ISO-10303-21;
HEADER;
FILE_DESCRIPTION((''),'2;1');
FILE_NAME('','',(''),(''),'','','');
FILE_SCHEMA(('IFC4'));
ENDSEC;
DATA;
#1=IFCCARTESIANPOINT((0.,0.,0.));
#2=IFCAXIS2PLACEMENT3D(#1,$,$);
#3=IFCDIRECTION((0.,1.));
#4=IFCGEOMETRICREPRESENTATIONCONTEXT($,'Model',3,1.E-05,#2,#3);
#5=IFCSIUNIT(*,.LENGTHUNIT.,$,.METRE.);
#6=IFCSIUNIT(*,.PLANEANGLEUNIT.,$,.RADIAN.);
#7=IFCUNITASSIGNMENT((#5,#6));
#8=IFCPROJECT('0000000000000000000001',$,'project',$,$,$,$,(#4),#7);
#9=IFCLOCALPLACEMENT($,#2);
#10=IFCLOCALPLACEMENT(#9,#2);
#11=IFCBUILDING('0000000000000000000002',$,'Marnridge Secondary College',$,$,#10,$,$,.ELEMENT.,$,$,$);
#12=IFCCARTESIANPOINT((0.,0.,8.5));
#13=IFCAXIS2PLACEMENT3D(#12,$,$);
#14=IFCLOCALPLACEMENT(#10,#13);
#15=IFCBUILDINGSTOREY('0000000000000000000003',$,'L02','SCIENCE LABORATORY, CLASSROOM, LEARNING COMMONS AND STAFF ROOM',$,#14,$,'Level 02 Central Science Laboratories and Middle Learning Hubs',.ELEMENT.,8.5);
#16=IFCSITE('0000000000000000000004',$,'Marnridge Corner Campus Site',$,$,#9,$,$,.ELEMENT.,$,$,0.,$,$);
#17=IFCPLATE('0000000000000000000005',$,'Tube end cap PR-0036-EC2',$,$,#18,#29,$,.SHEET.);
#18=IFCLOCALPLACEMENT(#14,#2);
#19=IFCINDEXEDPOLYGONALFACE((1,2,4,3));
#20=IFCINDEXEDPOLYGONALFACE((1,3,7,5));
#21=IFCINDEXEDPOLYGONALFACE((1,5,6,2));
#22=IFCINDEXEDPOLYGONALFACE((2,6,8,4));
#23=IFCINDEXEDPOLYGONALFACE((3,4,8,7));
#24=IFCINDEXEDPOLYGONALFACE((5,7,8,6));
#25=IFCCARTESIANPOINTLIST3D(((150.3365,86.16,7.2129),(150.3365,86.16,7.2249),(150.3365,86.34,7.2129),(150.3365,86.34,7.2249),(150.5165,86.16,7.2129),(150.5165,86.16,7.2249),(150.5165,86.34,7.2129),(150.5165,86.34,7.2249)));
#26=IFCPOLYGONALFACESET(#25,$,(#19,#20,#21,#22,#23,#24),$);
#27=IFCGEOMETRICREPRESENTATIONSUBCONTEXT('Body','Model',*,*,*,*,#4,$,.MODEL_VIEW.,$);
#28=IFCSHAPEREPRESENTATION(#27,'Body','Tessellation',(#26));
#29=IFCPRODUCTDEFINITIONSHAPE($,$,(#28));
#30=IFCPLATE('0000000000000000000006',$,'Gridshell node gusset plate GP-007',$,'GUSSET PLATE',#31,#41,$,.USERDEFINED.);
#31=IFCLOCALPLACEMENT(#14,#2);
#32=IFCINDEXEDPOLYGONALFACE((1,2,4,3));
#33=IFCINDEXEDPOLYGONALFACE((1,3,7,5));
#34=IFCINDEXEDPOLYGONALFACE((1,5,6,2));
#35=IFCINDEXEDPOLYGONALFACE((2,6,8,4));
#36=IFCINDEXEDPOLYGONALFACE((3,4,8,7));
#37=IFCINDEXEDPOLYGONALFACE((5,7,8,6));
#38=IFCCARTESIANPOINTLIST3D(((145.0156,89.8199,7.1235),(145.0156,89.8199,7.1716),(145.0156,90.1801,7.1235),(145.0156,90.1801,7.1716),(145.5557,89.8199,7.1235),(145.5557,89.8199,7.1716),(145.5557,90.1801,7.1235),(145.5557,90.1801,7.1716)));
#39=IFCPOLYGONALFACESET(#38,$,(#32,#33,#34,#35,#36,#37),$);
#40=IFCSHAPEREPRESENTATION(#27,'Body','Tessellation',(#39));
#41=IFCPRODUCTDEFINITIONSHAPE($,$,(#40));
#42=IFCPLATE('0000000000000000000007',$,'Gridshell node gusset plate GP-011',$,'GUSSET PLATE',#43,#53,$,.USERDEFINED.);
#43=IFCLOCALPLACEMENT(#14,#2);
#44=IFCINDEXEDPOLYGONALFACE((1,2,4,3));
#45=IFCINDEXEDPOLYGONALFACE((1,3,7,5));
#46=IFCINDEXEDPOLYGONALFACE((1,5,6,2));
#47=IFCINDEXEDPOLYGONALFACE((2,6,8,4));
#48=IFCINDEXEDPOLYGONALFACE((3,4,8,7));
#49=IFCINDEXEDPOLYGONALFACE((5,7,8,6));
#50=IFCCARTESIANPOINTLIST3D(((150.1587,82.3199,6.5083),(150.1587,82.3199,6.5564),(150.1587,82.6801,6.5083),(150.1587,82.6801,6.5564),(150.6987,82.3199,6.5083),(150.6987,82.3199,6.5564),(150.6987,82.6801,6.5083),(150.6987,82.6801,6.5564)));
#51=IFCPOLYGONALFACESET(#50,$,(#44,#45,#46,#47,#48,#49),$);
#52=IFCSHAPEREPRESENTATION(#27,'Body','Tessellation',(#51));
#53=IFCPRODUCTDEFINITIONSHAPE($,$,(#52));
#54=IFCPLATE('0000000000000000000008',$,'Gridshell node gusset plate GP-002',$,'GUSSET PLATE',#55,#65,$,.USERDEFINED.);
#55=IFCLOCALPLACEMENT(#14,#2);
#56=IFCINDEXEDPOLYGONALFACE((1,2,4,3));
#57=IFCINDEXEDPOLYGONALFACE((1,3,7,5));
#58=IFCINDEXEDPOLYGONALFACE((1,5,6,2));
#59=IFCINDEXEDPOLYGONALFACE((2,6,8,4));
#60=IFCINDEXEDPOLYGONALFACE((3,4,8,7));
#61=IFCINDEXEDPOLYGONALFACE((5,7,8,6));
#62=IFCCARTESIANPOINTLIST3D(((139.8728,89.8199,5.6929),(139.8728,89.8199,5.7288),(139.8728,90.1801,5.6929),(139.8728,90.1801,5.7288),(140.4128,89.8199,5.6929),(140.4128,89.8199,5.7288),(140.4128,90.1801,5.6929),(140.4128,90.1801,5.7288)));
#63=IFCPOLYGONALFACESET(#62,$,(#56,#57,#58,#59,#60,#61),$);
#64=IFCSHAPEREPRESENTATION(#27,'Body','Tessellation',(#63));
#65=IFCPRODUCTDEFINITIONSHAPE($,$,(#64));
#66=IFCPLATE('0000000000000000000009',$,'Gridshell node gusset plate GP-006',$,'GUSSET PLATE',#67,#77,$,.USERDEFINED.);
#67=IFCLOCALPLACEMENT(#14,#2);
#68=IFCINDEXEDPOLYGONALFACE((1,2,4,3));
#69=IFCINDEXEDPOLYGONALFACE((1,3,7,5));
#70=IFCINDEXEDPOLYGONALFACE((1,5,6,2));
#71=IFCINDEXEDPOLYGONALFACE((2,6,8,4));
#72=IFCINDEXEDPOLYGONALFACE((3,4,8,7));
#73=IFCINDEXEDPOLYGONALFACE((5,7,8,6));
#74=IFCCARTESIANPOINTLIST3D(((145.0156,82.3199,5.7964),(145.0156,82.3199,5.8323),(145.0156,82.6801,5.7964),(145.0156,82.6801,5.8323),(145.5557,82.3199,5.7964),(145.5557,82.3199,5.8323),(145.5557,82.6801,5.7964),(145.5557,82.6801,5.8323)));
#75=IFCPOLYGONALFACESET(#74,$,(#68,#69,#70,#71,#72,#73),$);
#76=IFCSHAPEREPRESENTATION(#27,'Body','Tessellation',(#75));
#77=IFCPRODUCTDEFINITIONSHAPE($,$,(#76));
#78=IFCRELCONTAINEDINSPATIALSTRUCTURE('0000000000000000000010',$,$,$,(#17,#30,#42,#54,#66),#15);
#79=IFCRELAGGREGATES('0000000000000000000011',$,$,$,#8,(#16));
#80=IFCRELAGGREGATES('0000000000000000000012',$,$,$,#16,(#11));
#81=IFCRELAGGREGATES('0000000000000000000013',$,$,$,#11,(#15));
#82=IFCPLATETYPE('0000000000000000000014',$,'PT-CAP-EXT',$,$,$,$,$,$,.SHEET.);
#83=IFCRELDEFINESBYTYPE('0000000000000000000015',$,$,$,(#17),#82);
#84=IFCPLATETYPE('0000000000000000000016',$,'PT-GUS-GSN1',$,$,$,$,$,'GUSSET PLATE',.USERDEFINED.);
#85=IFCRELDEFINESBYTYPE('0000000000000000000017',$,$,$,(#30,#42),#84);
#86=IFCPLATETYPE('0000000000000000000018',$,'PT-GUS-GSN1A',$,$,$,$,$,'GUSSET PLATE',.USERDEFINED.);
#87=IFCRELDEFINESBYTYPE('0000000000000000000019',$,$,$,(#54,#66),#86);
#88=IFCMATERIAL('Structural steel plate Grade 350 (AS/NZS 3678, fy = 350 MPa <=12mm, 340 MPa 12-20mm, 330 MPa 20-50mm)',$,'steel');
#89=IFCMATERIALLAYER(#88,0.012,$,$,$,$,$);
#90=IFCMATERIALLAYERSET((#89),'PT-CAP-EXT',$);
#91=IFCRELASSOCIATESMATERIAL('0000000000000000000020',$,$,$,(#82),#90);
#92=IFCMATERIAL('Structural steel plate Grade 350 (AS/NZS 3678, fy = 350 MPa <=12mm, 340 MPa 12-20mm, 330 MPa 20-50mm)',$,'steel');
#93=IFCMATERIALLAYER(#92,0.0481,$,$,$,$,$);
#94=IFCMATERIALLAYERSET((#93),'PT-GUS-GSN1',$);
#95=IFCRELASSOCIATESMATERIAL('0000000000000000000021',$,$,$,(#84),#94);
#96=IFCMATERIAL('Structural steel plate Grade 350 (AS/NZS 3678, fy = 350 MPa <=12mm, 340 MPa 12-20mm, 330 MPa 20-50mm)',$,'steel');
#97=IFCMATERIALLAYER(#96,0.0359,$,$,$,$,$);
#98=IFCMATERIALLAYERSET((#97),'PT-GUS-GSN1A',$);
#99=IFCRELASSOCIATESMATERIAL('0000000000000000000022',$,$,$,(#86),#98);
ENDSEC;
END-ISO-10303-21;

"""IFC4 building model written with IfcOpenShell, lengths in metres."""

from ifc_helpers import new_model, si_unit, direction, frame, origin, origin_2d, place, context, subcontext, project, spatial, rectangle, extrude, material, layer, layer_set, type_object, element, save


model = new_model("IFC4")

# Units and contexts
model_context = context("Model", 3, precision=1e-05, world=origin(), true_north=direction((0.0, 1.0)))
body_context = subcontext(model_context, "Body", "Model", "MODEL_VIEW")
ifc_project = project(units=[si_unit("LENGTHUNIT", "METRE"), si_unit("PLANEANGLEUNIT", "RADIAN")], contexts=[model_context])

# Site, building, storey
site_placement = place(None, origin())
site = spatial("IfcSite", under=ifc_project, at=site_placement, Name="Marnridge Corner Campus Site", CompositionType="ELEMENT", RefElevation=0.0)
building_placement = place(site_placement, origin())
building = spatial("IfcBuilding", under=site, at=building_placement, Name="Marnridge Secondary College", CompositionType="ELEMENT")
storey_placement = place(building_placement, frame((0.0, 0.0, 8.5)))
storey = spatial("IfcBuildingStorey", under=building, at=storey_placement, Name="L02", Description="SCIENCE LABORATORY, CLASSROOM, LEARNING COMMONS AND STAFF ROOM", LongName="Level 02 Central Science Laboratories and Middle Learning Hubs", CompositionType="ELEMENT", Elevation=8.5)

# Plates
ifc_material_1 = material(Name="Structural steel plate Grade 350 (AS/NZS 3678, fy = 350 MPa <=12mm, 340 MPa 12-20mm, 330 MPa 20-50mm)", Category="steel")
ifc_layer_1 = layer(ifc_material_1, 0.012)
ifc_layer_set_1 = layer_set([ifc_layer_1], Name="PT-CAP-EXT")
plate_type_1 = type_object("IfcPlateType", Name="PT-CAP-EXT", PredefinedType="SHEET", material=ifc_layer_set_1)
plate_1_placement = place(storey_placement, frame((150.4265, 86.25, 7.2129), z_axis=(0.0, 0.0, 1.0), x_axis=(1.0, 0.0, 0.0)))
element("IfcPlate", 1, at=plate_1_placement, inside=storey, type_object=plate_type_1, Name="Tube end cap PR-0036-EC2", PredefinedType="SHEET", context=body_context, shape_type="SweptSolid", body=[
    extrude(rectangle(XDim=0.1799, YDim=0.1799, at=origin_2d()), origin(), (0.0, 0.0, 1.0), 0.012),
])
ifc_material_2 = material(Name="Structural steel plate Grade 350 (AS/NZS 3678, fy = 350 MPa <=12mm, 340 MPa 12-20mm, 330 MPa 20-50mm)", Category="steel")
ifc_layer_2 = layer(ifc_material_2, 0.0481)
ifc_layer_set_2 = layer_set([ifc_layer_2], Name="PT-GUS-GSN1")
plate_type_2 = type_object("IfcPlateType", Name="PT-GUS-GSN1", ElementType="GUSSET PLATE", PredefinedType="USERDEFINED", material=ifc_layer_set_2)
for number, where, z_axis, x_axis, name in (
    (2, (145.2856, 90.0, 7.1235), (0.0, 0.0, 1.0), (1.0, 0.0, 0.0), "Gridshell node gusset plate GP-007"),
    (3, (150.4287, 82.5, 6.5083), (0.0, 0.0, 1.0), (1.0, 0.0, 0.0), "Gridshell node gusset plate GP-011"),
):
    element("IfcPlate", number, at=place(storey_placement, frame(where, z_axis=z_axis, x_axis=x_axis)), inside=storey, type_object=plate_type_2, Name=name, ObjectType="GUSSET PLATE", PredefinedType="USERDEFINED", context=body_context, shape_type="SweptSolid", body=[
        extrude(rectangle(XDim=0.54, YDim=0.3601, at=origin_2d()), origin(), (0.0, 0.0, 1.0), 0.0481),
    ])
ifc_material_3 = material(Name="Structural steel plate Grade 350 (AS/NZS 3678, fy = 350 MPa <=12mm, 340 MPa 12-20mm, 330 MPa 20-50mm)", Category="steel")
ifc_layer_3 = layer(ifc_material_3, 0.0359)
ifc_layer_set_3 = layer_set([ifc_layer_3], Name="PT-GUS-GSN1A")
plate_type_3 = type_object("IfcPlateType", Name="PT-GUS-GSN1A", ElementType="GUSSET PLATE", PredefinedType="USERDEFINED", material=ifc_layer_set_3)
for number, where, z_axis, x_axis, name in (
    (4, (140.1428, 90.0, 5.6929), (0.0, 0.0, 1.0), (1.0, 0.0, 0.0), "Gridshell node gusset plate GP-002"),
    (5, (145.2856, 82.5, 5.7964), (0.0, 0.0, 1.0), (1.0, 0.0, 0.0), "Gridshell node gusset plate GP-006"),
):
    element("IfcPlate", number, at=place(storey_placement, frame(where, z_axis=z_axis, x_axis=x_axis)), inside=storey, type_object=plate_type_3, Name=name, ObjectType="GUSSET PLATE", PredefinedType="USERDEFINED", context=body_context, shape_type="SweptSolid", body=[
        extrude(rectangle(XDim=0.54, YDim=0.3601, at=origin_2d()), origin(), (0.0, 0.0, 1.0), 0.0359),
    ])

save(model, "model.ifc")
